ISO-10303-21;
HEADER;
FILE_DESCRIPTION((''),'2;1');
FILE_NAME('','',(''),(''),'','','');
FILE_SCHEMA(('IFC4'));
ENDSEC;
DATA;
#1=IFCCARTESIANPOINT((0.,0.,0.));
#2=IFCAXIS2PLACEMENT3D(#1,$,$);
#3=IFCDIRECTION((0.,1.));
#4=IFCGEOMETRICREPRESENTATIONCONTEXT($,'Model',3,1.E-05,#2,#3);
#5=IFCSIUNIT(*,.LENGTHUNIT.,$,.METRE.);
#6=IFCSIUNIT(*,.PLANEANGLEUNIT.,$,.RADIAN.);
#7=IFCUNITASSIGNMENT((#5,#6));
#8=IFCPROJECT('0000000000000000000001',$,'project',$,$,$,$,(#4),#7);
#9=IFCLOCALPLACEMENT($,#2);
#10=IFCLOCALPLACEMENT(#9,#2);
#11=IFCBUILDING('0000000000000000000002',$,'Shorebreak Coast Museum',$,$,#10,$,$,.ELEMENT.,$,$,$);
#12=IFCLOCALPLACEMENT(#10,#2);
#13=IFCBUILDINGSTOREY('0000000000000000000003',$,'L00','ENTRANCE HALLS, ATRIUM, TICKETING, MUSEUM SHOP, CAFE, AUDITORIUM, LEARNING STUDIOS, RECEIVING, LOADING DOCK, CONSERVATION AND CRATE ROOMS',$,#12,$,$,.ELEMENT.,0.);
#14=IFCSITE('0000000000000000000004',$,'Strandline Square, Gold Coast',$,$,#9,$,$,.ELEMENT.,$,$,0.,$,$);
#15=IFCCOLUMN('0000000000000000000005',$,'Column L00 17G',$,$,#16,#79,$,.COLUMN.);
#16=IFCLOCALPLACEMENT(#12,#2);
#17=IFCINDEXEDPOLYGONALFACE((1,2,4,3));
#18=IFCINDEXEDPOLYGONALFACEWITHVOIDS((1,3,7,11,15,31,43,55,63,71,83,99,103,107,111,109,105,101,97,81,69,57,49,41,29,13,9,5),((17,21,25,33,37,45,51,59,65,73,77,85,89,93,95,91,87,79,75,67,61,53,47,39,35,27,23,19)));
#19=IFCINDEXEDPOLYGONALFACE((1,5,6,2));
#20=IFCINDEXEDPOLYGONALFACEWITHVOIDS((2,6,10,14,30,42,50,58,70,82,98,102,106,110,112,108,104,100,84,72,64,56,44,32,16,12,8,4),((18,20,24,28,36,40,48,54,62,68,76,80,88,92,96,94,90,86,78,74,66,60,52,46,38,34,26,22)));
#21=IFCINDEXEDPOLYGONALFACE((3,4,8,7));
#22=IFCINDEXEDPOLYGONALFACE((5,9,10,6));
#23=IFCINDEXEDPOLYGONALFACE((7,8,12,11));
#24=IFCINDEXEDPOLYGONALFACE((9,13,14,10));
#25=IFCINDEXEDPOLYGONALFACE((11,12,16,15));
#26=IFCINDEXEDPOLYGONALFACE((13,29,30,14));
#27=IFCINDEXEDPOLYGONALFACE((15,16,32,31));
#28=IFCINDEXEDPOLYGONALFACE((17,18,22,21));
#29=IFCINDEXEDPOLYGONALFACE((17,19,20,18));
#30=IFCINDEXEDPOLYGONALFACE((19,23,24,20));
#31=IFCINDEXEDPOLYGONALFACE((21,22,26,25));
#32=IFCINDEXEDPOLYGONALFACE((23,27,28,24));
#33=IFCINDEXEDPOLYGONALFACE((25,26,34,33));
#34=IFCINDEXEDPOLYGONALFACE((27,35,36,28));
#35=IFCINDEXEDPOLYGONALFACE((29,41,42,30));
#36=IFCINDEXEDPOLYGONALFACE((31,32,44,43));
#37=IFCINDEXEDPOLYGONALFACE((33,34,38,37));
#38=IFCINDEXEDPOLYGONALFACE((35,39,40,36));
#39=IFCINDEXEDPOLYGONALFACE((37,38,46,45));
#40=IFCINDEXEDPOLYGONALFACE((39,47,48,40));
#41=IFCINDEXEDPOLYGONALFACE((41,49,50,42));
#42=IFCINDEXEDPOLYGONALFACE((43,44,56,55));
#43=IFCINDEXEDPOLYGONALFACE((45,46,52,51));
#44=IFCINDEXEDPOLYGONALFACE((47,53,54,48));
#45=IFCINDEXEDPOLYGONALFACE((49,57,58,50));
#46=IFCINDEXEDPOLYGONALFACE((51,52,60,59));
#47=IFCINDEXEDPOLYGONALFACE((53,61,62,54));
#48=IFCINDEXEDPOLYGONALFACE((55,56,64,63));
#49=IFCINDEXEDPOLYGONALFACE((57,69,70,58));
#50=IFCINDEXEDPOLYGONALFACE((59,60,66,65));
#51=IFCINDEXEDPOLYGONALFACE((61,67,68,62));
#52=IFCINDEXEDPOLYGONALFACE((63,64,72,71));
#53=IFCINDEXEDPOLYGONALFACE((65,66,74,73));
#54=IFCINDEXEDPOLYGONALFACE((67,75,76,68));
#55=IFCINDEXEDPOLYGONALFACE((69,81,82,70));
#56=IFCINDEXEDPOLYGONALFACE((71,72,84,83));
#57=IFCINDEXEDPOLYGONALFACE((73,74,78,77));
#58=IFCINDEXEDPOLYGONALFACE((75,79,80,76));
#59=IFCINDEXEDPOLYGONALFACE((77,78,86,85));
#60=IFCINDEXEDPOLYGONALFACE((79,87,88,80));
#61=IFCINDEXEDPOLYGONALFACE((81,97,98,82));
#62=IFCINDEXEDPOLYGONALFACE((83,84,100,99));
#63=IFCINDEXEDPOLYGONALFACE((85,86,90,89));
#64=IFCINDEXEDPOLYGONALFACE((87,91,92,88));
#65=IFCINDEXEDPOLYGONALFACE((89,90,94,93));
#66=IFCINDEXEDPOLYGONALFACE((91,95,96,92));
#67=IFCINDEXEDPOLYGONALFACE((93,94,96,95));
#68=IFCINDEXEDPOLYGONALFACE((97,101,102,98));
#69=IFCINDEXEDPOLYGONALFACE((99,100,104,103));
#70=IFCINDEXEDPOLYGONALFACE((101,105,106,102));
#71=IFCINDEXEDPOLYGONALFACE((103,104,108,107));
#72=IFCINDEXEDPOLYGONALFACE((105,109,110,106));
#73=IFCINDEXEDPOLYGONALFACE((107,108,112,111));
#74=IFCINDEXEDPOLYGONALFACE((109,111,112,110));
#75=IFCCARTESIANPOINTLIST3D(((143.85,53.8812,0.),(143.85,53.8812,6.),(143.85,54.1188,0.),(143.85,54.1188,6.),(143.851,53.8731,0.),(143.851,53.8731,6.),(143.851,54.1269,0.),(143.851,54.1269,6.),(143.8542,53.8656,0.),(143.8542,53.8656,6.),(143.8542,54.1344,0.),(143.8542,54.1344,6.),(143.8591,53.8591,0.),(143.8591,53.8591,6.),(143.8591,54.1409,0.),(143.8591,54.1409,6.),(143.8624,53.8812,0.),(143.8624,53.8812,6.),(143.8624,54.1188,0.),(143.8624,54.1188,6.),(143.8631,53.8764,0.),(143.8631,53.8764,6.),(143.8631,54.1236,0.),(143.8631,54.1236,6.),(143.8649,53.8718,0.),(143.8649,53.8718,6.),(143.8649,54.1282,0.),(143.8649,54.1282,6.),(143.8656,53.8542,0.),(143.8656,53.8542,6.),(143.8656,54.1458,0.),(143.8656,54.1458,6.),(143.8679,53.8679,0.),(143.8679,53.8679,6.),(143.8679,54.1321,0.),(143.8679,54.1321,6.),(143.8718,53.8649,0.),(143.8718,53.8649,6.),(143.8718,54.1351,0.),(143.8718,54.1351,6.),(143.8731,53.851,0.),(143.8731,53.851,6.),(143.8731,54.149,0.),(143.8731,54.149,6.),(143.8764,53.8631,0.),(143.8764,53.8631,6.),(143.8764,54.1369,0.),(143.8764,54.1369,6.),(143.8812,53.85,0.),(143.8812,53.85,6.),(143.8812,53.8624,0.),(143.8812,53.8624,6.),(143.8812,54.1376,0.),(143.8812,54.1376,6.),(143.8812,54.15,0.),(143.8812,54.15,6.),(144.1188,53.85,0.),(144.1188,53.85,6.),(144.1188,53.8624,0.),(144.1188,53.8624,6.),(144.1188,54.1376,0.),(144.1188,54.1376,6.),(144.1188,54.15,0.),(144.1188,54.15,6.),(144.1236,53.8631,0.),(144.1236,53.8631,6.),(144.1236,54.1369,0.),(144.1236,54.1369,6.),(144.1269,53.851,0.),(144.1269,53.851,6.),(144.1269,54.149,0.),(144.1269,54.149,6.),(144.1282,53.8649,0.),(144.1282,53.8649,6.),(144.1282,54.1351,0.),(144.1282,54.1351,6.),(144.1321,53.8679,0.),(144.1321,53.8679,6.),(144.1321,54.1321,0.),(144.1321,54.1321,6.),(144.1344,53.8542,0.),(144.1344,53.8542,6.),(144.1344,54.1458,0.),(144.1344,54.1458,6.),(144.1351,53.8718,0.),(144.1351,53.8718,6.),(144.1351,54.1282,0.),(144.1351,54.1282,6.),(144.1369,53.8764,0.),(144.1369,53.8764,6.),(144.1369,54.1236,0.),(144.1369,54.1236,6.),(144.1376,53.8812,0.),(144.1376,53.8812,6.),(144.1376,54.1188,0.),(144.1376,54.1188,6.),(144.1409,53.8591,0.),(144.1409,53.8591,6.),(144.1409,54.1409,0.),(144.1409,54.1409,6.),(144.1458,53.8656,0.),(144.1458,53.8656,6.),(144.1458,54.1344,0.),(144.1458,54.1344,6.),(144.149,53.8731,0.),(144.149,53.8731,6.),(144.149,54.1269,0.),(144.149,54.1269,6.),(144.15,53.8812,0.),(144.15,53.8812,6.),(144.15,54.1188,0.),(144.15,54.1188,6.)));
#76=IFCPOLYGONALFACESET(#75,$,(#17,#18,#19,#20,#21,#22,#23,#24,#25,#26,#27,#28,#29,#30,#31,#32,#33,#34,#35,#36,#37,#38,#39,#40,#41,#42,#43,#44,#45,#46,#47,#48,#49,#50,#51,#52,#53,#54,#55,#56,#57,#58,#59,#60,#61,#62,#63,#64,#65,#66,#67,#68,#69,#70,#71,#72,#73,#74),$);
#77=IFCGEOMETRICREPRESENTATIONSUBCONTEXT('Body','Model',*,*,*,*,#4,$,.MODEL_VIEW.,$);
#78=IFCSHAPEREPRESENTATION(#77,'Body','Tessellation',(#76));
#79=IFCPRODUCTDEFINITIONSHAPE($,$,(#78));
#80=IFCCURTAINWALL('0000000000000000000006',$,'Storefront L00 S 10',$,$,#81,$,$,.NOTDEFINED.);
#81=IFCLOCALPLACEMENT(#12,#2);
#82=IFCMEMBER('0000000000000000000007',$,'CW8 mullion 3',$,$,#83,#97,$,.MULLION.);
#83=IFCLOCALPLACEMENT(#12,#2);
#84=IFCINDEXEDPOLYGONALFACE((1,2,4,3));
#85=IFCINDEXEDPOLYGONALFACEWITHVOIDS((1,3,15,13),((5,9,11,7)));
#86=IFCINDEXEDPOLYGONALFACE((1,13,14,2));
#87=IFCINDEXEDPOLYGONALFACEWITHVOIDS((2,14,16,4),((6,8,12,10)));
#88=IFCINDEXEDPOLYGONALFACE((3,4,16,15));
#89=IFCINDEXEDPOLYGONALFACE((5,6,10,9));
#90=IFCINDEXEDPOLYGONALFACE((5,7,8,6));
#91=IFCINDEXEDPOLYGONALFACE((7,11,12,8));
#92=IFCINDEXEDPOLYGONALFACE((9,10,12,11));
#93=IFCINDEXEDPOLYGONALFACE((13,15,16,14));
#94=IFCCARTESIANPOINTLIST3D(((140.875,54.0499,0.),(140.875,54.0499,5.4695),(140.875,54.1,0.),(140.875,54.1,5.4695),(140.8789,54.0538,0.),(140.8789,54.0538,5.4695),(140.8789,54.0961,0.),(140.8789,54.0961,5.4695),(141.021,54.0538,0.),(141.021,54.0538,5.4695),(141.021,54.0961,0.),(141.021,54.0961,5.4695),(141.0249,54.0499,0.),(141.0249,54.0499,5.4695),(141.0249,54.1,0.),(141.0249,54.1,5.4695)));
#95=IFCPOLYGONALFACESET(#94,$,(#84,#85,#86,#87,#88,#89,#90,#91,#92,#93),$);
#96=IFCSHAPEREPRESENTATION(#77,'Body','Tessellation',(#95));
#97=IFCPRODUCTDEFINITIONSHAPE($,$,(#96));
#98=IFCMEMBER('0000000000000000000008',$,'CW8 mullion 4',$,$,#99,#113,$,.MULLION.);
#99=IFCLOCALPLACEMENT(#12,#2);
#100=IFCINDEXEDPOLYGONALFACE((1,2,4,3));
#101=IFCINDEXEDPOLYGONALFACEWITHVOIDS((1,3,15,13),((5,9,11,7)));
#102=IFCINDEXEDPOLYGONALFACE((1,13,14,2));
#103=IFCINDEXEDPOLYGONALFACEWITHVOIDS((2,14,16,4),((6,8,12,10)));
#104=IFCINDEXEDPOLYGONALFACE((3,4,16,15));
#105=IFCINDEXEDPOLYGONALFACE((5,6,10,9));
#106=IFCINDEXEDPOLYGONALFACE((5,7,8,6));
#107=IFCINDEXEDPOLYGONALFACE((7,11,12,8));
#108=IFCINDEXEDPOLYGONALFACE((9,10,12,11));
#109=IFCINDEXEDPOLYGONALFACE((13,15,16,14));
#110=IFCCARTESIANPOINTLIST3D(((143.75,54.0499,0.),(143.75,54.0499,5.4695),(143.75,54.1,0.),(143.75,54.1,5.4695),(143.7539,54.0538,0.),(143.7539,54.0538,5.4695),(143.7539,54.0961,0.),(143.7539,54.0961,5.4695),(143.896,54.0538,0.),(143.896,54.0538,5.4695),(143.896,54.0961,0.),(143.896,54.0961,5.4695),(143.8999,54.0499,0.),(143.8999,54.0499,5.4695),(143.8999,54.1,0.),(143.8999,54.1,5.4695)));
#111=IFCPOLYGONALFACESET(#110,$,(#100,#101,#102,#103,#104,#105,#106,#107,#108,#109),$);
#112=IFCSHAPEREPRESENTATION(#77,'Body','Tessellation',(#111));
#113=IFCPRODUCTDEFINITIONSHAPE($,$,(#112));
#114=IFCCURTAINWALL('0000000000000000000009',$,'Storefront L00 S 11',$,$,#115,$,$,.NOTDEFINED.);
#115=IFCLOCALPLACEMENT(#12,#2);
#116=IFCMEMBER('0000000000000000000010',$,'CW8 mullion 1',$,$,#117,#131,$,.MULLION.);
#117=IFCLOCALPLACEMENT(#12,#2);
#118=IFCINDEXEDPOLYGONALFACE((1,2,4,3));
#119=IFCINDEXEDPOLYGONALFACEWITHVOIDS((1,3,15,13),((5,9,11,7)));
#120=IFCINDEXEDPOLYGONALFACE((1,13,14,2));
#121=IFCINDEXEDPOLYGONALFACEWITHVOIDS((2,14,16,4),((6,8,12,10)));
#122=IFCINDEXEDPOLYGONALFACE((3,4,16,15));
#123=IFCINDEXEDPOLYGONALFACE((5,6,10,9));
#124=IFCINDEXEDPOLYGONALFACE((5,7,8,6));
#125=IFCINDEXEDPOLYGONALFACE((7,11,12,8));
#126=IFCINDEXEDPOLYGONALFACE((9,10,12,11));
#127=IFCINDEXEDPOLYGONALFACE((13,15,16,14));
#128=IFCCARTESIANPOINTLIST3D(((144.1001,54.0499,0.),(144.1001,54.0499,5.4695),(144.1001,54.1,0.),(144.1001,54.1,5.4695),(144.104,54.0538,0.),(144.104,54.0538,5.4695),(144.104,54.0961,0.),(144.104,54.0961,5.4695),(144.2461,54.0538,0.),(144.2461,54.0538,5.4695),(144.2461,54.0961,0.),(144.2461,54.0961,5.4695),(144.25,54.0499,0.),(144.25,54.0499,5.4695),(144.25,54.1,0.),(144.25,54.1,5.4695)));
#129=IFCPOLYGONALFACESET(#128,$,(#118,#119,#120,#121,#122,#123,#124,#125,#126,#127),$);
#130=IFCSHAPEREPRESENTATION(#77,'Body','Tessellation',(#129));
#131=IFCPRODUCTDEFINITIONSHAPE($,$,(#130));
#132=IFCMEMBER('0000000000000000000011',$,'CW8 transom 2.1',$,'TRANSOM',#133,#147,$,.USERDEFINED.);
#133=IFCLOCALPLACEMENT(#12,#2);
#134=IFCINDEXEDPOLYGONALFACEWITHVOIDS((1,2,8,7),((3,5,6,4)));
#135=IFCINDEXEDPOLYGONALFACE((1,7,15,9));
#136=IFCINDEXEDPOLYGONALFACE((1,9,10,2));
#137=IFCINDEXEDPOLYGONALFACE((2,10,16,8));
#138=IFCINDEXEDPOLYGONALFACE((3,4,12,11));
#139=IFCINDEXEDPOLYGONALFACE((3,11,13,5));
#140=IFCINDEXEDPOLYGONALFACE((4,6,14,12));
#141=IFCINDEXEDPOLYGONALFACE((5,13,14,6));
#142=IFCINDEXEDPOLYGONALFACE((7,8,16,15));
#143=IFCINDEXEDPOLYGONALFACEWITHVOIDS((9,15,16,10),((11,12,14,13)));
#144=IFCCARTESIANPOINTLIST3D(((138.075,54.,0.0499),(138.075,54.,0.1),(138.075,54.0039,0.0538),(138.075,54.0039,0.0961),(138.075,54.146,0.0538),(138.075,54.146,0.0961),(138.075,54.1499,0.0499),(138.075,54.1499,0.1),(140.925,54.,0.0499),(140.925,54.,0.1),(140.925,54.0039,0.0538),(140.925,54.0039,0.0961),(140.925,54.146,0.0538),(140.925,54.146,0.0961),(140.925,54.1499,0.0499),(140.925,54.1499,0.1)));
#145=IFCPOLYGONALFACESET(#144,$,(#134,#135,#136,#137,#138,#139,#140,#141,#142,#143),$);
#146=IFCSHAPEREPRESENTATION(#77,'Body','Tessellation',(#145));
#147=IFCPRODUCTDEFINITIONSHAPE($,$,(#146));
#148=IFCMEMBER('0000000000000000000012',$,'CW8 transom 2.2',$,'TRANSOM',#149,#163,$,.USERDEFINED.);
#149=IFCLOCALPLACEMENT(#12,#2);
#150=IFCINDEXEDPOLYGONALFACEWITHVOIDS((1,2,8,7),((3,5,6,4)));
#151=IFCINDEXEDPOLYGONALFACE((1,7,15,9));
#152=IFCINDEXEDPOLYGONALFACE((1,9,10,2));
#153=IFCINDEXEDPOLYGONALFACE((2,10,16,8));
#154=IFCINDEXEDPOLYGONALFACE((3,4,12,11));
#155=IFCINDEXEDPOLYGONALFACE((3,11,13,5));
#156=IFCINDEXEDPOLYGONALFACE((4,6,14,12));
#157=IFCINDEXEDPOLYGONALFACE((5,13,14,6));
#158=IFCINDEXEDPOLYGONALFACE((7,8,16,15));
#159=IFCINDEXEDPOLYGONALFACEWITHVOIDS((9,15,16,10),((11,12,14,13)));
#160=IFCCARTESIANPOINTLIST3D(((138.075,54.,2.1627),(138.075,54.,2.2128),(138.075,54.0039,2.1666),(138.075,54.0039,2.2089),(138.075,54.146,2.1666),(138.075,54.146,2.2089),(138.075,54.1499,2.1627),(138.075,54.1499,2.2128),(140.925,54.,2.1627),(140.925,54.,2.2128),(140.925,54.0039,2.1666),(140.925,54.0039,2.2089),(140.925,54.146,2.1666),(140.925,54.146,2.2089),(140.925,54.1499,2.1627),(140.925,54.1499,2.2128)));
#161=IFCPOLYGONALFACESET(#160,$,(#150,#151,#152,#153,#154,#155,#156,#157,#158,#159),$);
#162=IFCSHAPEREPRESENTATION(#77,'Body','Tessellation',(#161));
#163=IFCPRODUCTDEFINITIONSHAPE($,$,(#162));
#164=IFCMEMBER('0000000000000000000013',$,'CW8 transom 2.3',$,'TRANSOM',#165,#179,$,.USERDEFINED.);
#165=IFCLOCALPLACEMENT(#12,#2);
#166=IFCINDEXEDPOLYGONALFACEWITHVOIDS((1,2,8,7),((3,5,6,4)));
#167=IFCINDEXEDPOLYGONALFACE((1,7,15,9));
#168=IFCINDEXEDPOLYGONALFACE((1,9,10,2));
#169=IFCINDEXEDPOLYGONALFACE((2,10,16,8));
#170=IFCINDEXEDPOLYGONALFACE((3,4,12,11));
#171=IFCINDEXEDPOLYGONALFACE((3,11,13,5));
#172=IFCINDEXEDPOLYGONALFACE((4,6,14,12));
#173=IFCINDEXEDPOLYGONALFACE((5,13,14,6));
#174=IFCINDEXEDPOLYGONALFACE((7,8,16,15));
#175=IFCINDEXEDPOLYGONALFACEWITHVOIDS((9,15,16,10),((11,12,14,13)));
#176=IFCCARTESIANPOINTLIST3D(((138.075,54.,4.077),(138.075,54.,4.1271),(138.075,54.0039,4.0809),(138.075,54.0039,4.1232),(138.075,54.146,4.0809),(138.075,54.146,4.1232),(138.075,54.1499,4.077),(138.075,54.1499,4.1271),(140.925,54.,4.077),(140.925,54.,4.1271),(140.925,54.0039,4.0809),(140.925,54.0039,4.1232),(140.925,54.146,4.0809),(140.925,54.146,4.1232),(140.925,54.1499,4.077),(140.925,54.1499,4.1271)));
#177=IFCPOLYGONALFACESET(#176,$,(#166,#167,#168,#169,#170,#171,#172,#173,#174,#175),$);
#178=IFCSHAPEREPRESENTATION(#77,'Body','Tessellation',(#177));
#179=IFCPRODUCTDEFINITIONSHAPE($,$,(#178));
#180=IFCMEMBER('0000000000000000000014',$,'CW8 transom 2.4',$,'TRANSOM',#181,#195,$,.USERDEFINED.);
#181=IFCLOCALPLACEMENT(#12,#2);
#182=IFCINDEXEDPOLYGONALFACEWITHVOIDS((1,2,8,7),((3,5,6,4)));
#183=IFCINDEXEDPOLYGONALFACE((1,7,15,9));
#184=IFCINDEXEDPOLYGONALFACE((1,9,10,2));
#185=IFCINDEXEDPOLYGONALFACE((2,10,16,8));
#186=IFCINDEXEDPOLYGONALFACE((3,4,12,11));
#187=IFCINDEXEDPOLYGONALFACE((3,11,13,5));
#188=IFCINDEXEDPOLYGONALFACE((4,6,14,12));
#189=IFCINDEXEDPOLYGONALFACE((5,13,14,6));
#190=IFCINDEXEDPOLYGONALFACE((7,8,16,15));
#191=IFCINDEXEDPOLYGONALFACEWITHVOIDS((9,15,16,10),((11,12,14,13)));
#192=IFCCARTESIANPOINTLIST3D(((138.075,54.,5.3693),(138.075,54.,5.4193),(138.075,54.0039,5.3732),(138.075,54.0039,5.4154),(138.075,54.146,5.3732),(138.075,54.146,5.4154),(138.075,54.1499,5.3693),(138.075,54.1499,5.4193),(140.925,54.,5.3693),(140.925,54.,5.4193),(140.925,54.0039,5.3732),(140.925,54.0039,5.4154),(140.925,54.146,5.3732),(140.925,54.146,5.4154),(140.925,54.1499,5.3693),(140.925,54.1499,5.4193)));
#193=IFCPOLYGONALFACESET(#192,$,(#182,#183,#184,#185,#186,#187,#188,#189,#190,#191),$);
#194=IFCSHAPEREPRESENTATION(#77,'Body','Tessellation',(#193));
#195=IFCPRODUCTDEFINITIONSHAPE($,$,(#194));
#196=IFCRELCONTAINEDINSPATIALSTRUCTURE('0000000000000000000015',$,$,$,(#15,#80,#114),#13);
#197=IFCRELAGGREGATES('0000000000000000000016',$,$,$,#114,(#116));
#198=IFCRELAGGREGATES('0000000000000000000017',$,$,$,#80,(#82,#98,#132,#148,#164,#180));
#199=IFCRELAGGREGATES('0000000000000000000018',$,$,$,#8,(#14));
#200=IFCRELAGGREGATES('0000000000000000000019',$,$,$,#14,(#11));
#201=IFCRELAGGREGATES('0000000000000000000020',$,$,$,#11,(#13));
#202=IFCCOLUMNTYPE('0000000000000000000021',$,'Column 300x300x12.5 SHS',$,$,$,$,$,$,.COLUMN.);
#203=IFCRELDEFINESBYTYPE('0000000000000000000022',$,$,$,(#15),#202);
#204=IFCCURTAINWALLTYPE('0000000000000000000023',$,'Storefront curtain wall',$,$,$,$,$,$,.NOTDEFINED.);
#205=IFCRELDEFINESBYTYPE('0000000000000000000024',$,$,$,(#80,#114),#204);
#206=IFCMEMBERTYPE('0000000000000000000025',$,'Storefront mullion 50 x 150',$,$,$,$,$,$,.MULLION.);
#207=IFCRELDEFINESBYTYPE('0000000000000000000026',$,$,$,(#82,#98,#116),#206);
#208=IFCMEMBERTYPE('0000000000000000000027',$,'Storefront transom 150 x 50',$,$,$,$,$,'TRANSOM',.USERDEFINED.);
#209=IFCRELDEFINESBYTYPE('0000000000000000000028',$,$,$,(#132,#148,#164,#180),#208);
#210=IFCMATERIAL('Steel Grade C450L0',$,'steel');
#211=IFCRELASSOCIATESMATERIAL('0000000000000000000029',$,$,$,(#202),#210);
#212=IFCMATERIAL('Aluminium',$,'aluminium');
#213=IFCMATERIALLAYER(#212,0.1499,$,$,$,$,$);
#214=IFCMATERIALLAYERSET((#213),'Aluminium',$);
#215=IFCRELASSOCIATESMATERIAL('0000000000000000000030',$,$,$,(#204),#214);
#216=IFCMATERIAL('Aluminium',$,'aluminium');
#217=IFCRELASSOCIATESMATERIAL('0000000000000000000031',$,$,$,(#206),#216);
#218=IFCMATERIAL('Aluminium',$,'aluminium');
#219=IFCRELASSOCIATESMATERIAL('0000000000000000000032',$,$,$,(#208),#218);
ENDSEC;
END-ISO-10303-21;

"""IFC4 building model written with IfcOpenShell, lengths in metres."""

from ifc_helpers import new_model, si_unit, direction, frame, origin, origin_2d, place, context, subcontext, project, spatial, hollow_rectangle, extrude, material, layer, layer_set, material_profile, profile_set, type_object, element, aggregate, save


model = new_model("IFC4")

# Units and contexts
model_context = context("Model", 3, precision=1e-05, world=origin(), true_north=direction((0.0, 1.0)))
body_context = subcontext(model_context, "Body", "Model", "MODEL_VIEW")
ifc_project = project(units=[si_unit("LENGTHUNIT", "METRE"), si_unit("PLANEANGLEUNIT", "RADIAN")], contexts=[model_context])

# Site, building, storey
site_placement = place(None, origin())
site = spatial("IfcSite", under=ifc_project, at=site_placement, Name="Strandline Square, Gold Coast", CompositionType="ELEMENT", RefElevation=0.0)
building_placement = place(site_placement, origin())
building = spatial("IfcBuilding", under=site, at=building_placement, Name="Shorebreak Coast Museum", CompositionType="ELEMENT")
storey_placement = place(building_placement, origin())
storey = spatial("IfcBuildingStorey", under=building, at=storey_placement, Name="L00", Description="ENTRANCE HALLS, ATRIUM, TICKETING, MUSEUM SHOP, CAFE, AUDITORIUM, LEARNING STUDIOS, RECEIVING, LOADING DOCK, CONSERVATION AND CRATE ROOMS", CompositionType="ELEMENT", Elevation=0.0)

# Column
ifc_material_1 = material(Name="Steel Grade C450L0", Category="steel")
ifc_material_profile_1 = material_profile(ifc_material_1, hollow_rectangle(XDim=0.3, YDim=0.3, WallThickness=0.0125, InnerFilletRadius=0.0188, OuterFilletRadius=0.0312, at=origin_2d()), Name="300x300x12.5 SHS")
ifc_profile_set_1 = profile_set([ifc_material_profile_1], Name="Steel Grade C450L0")
column_type = type_object("IfcColumnType", Name="Column 300x300x12.5 SHS", PredefinedType="COLUMN", material=ifc_profile_set_1)
column_placement = place(storey_placement, frame((144.0, 54.0, 0.0), z_axis=(0.0, 0.0, 1.0), x_axis=(1.0, 0.0, 0.0)))
element("IfcColumn", 1, at=column_placement, inside=storey, type_object=column_type, Name="Column L00 17G", PredefinedType="COLUMN", context=body_context, shape_type="SweptSolid", body=[
    extrude(hollow_rectangle(XDim=0.3, YDim=0.3, WallThickness=0.0125, InnerFilletRadius=0.0188, OuterFilletRadius=0.0312, at=origin_2d()), origin(), (0.0, 0.0, 1.0), 6.0),
])

# Curtain wall, members
ifc_material_2 = material(Name="Aluminium", Category="aluminium")
ifc_layer_1 = layer(ifc_material_2, 0.1499)
ifc_layer_set_1 = layer_set([ifc_layer_1], Name="Aluminium")
curtain_wall_type = type_object("IfcCurtainWallType", Name="Storefront curtain wall", PredefinedType="NOTDEFINED", material=ifc_layer_set_1)
curtain_wall_1_placement = place(storey_placement, origin())
curtain_wall_1 = element("IfcCurtainWall", 2, at=curtain_wall_1_placement, inside=storey, type_object=curtain_wall_type, Name="Storefront L00 S 10", PredefinedType="NOTDEFINED")
ifc_material_3 = material(Name="Aluminium", Category="aluminium")
ifc_material_profile_2 = material_profile(ifc_material_3, hollow_rectangle(XDim=0.05, YDim=0.1499, WallThickness=0.0039, at=origin_2d()), Name="AL 150x50 RHS")
ifc_profile_set_2 = profile_set([ifc_material_profile_2], Name="Aluminium")
member_type_1 = type_object("IfcMemberType", Name="Storefront mullion 50 x 150", PredefinedType="MULLION", material=ifc_profile_set_2)
member_1_placement = place(storey_placement, frame((140.95, 54.075, 0.0), z_axis=(0.0, 0.0, 1.0), x_axis=(0.0, 1.0, 0.0)))
member_1 = element("IfcMember", 3, at=member_1_placement, type_object=member_type_1, Name="CW8 mullion 3", PredefinedType="MULLION", context=body_context, shape_type="SweptSolid", body=[
    extrude(hollow_rectangle(XDim=0.05, YDim=0.1499, WallThickness=0.0039, at=origin_2d()), origin(), (0.0, 0.0, 1.0), 5.4695),
])
member_2_placement = place(storey_placement, frame((143.825, 54.075, 0.0), z_axis=(0.0, 0.0, 1.0), x_axis=(0.0, 1.0, 0.0)))
member_2 = element("IfcMember", 4, at=member_2_placement, type_object=member_type_1, Name="CW8 mullion 4", PredefinedType="MULLION", context=body_context, shape_type="SweptSolid", body=[
    extrude(hollow_rectangle(XDim=0.05, YDim=0.1499, WallThickness=0.0039, at=origin_2d()), origin(), (0.0, 0.0, 1.0), 5.4695),
])

# Curtain wall, member
curtain_wall_2_placement = place(storey_placement, origin())
curtain_wall_2 = element("IfcCurtainWall", 5, at=curtain_wall_2_placement, inside=storey, type_object=curtain_wall_type, Name="Storefront L00 S 11", PredefinedType="NOTDEFINED")
member_3_placement = place(storey_placement, frame((144.175, 54.075, 0.0), z_axis=(0.0, 0.0, 1.0), x_axis=(0.0, 1.0, 0.0)))
member_3 = element("IfcMember", 6, at=member_3_placement, type_object=member_type_1, Name="CW8 mullion 1", PredefinedType="MULLION", context=body_context, shape_type="SweptSolid", body=[
    extrude(hollow_rectangle(XDim=0.05, YDim=0.1499, WallThickness=0.0039, at=origin_2d()), origin(), (0.0, 0.0, 1.0), 5.4695),
])

# Members
ifc_material_4 = material(Name="Aluminium", Category="aluminium")
ifc_material_profile_3 = material_profile(ifc_material_4, hollow_rectangle(XDim=0.1499, YDim=0.05, WallThickness=0.0039, at=origin_2d()), Name="AL 50x150 RHS")
ifc_profile_set_3 = profile_set([ifc_material_profile_3], Name="Aluminium")
member_type_2 = type_object("IfcMemberType", Name="Storefront transom 150 x 50", ElementType="TRANSOM", PredefinedType="USERDEFINED", material=ifc_profile_set_3)
member_4_placement = place(storey_placement, frame((138.075, 54.075, 0.075), z_axis=(1.0, 0.0, 0.0), x_axis=(0.0, 1.0, 0.0)))
member_4 = element("IfcMember", 7, at=member_4_placement, type_object=member_type_2, Name="CW8 transom 2.1", ObjectType="TRANSOM", PredefinedType="USERDEFINED", context=body_context, shape_type="SweptSolid", body=[
    extrude(hollow_rectangle(XDim=0.1499, YDim=0.05, WallThickness=0.0039, at=origin_2d()), origin(), (0.0, 0.0, 1.0), 2.8501),
])
member_5_placement = place(storey_placement, frame((138.075, 54.075, 2.1877), z_axis=(1.0, 0.0, 0.0), x_axis=(0.0, 1.0, 0.0)))
member_5 = element("IfcMember", 8, at=member_5_placement, type_object=member_type_2, Name="CW8 transom 2.2", ObjectType="TRANSOM", PredefinedType="USERDEFINED", context=body_context, shape_type="SweptSolid", body=[
    extrude(hollow_rectangle(XDim=0.1499, YDim=0.05, WallThickness=0.0039, at=origin_2d()), origin(), (0.0, 0.0, 1.0), 2.8501),
])
member_6_placement = place(storey_placement, frame((138.075, 54.075, 4.1021), z_axis=(1.0, 0.0, 0.0), x_axis=(0.0, 1.0, 0.0)))
member_6 = element("IfcMember", 9, at=member_6_placement, type_object=member_type_2, Name="CW8 transom 2.3", ObjectType="TRANSOM", PredefinedType="USERDEFINED", context=body_context, shape_type="SweptSolid", body=[
    extrude(hollow_rectangle(XDim=0.1499, YDim=0.05, WallThickness=0.0039, at=origin_2d()), origin(), (0.0, 0.0, 1.0), 2.8501),
])
member_7_placement = place(storey_placement, frame((138.075, 54.075, 5.3943), z_axis=(1.0, 0.0, 0.0), x_axis=(0.0, 1.0, 0.0)))
member_7 = element("IfcMember", 10, at=member_7_placement, type_object=member_type_2, Name="CW8 transom 2.4", ObjectType="TRANSOM", PredefinedType="USERDEFINED", context=body_context, shape_type="SweptSolid", body=[
    extrude(hollow_rectangle(XDim=0.1499, YDim=0.05, WallThickness=0.0039, at=origin_2d()), origin(), (0.0, 0.0, 1.0), 2.8501),
])
aggregate(curtain_wall_2, [member_3])

aggregate(curtain_wall_1, [member_1, member_2, member_4, member_5, member_6, member_7])

save(model, "model.ifc")
